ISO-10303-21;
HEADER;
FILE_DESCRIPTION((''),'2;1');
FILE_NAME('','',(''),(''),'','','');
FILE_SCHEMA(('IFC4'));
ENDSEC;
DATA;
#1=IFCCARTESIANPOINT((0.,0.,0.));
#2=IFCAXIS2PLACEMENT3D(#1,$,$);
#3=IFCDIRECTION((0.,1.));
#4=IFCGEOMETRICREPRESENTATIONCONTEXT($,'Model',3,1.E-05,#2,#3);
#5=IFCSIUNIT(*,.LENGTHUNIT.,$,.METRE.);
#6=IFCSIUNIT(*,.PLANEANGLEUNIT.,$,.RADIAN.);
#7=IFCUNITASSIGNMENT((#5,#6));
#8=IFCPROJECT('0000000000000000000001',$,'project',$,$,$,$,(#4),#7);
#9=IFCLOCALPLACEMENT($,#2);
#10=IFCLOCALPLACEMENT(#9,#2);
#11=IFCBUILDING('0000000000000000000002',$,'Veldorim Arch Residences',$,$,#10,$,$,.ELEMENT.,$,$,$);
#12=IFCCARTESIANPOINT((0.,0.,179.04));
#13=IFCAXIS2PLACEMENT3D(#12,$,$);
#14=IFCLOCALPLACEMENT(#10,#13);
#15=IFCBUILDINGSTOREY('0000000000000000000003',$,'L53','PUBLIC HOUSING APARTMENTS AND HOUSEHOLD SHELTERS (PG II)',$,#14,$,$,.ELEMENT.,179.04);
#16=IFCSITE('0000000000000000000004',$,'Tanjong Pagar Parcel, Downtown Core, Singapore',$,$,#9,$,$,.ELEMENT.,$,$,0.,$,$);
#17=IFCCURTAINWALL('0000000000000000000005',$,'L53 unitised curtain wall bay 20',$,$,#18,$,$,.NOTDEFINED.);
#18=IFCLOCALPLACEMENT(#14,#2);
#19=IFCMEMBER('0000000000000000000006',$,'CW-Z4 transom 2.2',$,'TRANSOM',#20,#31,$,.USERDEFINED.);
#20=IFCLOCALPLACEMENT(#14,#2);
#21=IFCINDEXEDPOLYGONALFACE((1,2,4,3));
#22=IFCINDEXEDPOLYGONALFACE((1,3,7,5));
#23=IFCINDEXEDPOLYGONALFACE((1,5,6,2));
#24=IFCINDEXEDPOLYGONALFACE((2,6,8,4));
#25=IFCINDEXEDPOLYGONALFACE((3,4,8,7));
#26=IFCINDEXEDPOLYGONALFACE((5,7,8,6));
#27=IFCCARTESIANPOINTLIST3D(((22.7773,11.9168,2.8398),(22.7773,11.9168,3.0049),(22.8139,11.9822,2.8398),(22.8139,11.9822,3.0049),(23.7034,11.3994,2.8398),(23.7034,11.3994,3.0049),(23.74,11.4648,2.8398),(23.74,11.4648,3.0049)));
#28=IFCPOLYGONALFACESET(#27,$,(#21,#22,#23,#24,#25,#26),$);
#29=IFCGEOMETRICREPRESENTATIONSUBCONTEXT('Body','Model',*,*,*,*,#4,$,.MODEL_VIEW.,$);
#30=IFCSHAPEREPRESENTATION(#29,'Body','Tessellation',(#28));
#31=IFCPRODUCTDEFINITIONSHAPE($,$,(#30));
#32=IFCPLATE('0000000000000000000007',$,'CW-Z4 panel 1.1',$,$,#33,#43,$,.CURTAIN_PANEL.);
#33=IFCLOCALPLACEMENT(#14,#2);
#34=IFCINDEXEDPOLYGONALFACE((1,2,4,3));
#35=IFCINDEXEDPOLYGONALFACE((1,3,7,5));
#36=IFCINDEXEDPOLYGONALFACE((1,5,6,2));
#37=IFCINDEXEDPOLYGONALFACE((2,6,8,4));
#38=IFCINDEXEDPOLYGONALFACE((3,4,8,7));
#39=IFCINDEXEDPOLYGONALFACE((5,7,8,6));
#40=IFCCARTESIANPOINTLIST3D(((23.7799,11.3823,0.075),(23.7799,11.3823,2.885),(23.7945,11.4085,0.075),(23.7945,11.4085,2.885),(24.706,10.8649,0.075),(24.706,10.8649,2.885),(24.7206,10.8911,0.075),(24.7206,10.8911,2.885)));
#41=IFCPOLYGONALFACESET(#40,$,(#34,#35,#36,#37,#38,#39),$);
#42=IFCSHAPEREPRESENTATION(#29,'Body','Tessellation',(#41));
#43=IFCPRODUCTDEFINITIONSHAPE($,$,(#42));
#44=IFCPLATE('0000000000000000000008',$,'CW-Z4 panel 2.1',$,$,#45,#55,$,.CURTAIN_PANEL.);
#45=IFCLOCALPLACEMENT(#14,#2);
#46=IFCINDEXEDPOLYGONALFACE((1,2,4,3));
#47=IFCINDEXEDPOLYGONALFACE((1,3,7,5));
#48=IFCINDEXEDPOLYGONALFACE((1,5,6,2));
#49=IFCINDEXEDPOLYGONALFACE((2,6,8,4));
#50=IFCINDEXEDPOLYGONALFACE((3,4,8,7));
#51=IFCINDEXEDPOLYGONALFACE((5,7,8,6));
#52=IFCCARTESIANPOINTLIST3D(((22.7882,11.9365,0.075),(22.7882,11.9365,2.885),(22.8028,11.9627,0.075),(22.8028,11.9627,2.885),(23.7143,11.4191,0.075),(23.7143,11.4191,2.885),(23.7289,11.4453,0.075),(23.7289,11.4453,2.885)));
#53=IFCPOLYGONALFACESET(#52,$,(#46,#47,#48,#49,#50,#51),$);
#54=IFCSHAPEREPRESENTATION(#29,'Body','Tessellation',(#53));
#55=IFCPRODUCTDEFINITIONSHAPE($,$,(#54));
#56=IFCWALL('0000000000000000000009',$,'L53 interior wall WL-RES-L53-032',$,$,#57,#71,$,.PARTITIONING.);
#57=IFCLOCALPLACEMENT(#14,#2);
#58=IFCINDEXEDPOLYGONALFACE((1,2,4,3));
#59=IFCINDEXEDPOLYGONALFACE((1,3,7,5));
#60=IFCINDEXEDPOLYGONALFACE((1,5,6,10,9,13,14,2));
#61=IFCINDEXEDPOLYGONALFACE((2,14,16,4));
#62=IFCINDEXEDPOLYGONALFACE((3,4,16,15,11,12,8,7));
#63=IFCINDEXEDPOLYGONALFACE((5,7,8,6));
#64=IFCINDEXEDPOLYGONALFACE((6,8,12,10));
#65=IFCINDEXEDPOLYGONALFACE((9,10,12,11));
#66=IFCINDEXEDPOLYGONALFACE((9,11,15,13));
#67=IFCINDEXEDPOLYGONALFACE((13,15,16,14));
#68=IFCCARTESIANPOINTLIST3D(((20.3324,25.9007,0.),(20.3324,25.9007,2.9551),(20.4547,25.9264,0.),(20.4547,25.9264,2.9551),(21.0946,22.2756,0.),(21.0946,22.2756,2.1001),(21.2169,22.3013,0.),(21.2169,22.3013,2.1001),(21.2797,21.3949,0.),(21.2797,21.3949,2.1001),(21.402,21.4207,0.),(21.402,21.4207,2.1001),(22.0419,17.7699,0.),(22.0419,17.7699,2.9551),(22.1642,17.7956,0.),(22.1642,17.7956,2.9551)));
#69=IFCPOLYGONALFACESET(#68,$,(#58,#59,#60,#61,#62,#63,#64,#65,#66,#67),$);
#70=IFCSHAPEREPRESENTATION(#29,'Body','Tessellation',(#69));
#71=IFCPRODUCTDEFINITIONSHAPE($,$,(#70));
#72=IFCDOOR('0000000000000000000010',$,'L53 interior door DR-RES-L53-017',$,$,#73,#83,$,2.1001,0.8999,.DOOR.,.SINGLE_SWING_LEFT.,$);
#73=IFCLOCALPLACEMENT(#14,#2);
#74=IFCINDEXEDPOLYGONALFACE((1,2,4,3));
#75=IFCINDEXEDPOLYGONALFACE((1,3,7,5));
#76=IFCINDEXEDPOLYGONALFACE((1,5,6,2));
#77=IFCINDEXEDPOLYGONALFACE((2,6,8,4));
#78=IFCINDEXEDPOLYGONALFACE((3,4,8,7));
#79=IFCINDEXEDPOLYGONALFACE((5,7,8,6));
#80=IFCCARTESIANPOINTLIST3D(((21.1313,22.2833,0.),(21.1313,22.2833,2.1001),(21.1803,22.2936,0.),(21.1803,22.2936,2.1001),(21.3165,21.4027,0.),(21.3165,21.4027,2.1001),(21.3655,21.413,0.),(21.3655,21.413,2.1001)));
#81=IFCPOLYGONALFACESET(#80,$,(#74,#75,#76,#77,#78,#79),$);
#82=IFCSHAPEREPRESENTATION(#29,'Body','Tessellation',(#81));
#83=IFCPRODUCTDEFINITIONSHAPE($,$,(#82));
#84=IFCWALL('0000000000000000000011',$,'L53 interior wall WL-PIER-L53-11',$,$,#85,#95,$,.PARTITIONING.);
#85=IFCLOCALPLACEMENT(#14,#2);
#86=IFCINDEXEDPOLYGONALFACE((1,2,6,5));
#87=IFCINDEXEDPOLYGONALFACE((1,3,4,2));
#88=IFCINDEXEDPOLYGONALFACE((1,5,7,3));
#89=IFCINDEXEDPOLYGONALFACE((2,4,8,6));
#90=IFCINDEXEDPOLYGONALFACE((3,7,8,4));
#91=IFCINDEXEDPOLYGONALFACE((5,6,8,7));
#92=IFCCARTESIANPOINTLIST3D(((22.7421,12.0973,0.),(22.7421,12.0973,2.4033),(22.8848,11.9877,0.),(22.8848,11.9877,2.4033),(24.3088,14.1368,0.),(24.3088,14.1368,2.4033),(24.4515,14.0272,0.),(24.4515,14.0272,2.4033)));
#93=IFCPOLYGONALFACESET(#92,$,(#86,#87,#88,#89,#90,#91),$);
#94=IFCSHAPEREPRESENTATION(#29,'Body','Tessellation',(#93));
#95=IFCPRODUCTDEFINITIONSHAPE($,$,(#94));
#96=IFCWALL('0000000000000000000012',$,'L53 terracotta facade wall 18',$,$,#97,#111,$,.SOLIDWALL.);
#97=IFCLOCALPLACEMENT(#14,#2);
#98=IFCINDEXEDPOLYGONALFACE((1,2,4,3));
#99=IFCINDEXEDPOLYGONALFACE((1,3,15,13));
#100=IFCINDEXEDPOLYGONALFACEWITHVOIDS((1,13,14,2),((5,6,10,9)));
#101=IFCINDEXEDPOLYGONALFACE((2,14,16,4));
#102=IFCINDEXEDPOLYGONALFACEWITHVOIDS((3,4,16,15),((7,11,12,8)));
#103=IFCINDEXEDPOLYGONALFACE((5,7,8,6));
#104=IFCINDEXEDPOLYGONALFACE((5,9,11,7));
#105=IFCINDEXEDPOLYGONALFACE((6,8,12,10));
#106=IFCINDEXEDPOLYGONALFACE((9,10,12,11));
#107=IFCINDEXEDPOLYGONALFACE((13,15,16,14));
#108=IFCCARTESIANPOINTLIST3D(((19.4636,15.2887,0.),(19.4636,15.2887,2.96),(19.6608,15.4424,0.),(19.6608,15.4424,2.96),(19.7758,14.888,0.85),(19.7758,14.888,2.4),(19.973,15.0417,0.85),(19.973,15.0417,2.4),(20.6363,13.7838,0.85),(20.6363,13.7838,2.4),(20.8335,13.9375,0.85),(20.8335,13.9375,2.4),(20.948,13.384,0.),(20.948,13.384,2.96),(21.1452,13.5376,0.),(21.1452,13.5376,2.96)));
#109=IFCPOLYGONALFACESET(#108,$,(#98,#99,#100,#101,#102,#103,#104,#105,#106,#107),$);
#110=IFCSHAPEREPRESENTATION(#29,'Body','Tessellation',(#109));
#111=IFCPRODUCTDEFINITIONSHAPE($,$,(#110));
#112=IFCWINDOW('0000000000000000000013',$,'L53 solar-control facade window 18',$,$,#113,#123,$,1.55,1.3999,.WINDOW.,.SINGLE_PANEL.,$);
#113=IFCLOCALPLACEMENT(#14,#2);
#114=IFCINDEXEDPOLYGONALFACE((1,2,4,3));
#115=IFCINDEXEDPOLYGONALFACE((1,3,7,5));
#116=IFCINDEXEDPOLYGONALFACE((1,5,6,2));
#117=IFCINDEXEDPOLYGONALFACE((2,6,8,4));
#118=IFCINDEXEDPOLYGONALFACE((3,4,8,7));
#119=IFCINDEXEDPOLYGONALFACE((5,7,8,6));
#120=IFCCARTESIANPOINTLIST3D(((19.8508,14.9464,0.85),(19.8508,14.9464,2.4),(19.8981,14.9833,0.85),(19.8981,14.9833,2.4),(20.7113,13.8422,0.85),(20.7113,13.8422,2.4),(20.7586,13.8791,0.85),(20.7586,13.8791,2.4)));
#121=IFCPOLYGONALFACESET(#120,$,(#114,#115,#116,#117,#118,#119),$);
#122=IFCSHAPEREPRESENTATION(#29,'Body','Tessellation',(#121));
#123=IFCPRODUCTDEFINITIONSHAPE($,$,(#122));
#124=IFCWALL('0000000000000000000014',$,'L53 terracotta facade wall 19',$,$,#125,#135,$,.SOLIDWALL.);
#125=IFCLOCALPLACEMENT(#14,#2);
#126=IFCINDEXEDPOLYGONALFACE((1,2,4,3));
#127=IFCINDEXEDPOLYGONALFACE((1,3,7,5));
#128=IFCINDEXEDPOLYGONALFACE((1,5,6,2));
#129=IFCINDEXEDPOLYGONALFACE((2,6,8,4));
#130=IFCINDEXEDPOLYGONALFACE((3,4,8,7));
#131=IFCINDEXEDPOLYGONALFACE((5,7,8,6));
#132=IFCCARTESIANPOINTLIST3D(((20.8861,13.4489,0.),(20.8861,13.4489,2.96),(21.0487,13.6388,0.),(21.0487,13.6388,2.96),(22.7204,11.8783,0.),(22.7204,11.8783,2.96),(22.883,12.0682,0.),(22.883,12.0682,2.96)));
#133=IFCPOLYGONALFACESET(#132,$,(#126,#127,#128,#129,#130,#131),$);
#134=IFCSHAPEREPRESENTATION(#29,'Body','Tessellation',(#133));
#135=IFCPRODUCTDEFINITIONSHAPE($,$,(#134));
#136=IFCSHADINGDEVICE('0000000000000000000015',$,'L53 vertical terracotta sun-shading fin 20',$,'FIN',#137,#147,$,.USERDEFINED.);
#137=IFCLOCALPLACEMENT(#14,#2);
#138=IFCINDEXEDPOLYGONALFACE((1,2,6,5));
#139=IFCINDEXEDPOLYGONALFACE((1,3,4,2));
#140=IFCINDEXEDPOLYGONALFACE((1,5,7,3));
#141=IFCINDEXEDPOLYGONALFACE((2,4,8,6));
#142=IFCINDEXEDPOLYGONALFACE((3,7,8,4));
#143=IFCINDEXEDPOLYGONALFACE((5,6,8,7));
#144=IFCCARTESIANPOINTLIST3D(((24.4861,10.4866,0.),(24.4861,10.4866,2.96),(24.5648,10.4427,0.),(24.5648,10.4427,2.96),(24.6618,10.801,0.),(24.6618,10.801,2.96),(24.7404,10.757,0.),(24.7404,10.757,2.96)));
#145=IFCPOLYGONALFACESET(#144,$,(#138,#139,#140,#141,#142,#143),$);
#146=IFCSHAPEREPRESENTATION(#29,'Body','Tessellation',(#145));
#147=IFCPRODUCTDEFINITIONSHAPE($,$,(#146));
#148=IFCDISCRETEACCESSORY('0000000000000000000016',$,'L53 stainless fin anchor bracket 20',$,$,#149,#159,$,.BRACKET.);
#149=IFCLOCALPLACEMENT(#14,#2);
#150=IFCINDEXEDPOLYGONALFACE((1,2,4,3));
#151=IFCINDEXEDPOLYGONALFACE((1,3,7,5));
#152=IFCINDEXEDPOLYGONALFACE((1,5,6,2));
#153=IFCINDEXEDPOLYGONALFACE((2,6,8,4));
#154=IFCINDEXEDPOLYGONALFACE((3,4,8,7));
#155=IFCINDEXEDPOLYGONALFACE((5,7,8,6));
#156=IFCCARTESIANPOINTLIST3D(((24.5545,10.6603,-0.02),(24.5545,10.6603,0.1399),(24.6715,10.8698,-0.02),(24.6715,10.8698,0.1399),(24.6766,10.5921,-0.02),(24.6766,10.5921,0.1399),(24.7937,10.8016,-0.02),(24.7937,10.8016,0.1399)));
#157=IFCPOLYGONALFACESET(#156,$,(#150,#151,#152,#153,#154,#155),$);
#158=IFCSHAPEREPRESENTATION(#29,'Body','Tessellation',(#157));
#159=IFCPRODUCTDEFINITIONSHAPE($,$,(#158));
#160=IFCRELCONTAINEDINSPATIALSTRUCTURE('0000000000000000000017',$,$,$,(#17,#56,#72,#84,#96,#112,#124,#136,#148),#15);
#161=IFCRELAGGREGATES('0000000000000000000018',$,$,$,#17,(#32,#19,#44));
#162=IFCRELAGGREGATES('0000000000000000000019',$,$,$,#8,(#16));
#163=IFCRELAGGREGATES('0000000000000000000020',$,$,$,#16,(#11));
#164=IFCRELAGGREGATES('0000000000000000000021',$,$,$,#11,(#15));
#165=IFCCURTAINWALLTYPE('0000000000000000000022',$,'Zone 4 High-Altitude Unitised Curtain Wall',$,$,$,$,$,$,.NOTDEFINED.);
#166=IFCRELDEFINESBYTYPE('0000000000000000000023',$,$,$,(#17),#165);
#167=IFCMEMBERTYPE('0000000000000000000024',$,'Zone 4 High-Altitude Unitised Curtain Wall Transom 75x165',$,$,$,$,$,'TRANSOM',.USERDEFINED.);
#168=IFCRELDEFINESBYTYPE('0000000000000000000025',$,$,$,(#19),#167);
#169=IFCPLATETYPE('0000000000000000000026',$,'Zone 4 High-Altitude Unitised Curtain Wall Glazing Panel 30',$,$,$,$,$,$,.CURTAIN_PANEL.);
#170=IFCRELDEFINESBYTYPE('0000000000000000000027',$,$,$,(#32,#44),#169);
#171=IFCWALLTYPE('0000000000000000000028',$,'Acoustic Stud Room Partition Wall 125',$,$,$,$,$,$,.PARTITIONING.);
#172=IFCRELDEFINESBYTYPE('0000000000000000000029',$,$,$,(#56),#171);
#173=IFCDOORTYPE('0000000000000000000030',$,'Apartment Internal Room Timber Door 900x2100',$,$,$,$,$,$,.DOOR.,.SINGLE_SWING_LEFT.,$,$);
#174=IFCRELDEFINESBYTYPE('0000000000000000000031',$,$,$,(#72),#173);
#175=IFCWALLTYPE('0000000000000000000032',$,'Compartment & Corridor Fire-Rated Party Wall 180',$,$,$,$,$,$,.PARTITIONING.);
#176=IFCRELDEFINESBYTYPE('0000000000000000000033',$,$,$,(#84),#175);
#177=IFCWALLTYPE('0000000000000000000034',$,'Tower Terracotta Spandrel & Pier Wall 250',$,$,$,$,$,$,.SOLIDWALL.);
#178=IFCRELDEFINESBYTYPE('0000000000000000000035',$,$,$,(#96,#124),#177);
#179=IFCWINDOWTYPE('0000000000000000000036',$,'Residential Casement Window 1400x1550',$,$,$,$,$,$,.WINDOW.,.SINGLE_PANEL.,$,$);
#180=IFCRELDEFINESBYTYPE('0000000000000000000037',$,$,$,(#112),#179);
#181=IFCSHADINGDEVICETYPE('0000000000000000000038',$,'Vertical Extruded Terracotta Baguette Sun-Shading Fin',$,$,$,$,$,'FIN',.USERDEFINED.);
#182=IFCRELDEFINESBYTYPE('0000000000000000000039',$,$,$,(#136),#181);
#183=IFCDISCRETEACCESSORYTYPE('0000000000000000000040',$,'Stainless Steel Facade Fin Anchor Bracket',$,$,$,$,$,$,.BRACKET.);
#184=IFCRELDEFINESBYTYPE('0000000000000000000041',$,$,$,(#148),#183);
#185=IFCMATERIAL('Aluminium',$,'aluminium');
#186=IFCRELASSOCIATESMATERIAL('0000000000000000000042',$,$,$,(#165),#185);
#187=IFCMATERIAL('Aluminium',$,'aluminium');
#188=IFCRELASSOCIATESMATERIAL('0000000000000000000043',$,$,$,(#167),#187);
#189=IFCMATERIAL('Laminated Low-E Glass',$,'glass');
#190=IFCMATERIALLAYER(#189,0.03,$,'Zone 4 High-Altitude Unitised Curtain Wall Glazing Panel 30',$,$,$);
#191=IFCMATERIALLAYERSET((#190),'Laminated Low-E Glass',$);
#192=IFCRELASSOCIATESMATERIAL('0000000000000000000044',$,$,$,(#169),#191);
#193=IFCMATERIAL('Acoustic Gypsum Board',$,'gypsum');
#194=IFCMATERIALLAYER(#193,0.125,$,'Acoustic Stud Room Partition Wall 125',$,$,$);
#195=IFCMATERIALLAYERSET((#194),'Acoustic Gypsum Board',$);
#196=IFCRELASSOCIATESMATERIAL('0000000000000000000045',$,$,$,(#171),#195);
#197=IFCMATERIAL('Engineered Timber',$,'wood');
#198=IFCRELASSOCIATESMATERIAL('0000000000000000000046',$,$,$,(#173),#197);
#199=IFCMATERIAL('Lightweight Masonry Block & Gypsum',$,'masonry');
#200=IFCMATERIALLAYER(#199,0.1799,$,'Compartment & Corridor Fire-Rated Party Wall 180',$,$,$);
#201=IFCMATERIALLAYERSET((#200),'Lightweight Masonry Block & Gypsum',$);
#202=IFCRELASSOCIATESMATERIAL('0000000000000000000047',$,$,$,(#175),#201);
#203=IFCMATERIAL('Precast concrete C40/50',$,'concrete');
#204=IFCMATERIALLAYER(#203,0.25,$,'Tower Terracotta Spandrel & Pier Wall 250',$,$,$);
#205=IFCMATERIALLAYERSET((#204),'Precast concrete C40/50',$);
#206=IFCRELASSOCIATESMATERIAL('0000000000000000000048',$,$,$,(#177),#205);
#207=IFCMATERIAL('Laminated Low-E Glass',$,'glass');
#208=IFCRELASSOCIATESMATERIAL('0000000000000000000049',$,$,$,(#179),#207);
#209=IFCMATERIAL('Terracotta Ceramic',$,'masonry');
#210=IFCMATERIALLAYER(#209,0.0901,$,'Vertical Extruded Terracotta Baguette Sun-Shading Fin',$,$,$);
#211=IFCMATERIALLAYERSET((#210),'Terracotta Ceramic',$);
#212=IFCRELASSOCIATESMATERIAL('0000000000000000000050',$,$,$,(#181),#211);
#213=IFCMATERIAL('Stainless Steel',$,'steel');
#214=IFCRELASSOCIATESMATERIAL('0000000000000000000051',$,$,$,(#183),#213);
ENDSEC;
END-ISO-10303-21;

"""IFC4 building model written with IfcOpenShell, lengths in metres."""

from ifc_helpers import new_model, si_unit, direction, frame, frame_2d, origin, origin_2d, place, context, subcontext, project, spatial, rectangle, extrude, material, layer, layer_set, material_profile, profile_set, type_object, element, fill, aggregate, save


model = new_model("IFC4")

# Units and contexts
model_context = context("Model", 3, precision=1e-05, world=origin(), true_north=direction((0.0, 1.0)))
body_context = subcontext(model_context, "Body", "Model", "MODEL_VIEW")
ifc_project = project(units=[si_unit("LENGTHUNIT", "METRE"), si_unit("PLANEANGLEUNIT", "RADIAN")], contexts=[model_context])

# Site, building, storey
site_placement = place(None, origin())
site = spatial("IfcSite", under=ifc_project, at=site_placement, Name="Tanjong Pagar Parcel, Downtown Core, Singapore", CompositionType="ELEMENT", RefElevation=0.0)
building_placement = place(site_placement, origin())
building = spatial("IfcBuilding", under=site, at=building_placement, Name="Veldorim Arch Residences", CompositionType="ELEMENT")
storey_placement = place(building_placement, frame((0.0, 0.0, 179.04)))
storey = spatial("IfcBuildingStorey", under=building, at=storey_placement, Name="L53", Description="PUBLIC HOUSING APARTMENTS AND HOUSEHOLD SHELTERS (PG II)", CompositionType="ELEMENT", Elevation=179.04)

# Curtain wall, member, plates
ifc_material_1 = material(Name="Aluminium", Category="aluminium")
curtain_wall_type = type_object("IfcCurtainWallType", Name="Zone 4 High-Altitude Unitised Curtain Wall", PredefinedType="NOTDEFINED", material=ifc_material_1)
curtain_wall_placement = place(storey_placement, origin())
curtain_wall = element("IfcCurtainWall", 1, at=curtain_wall_placement, inside=storey, type_object=curtain_wall_type, Name="L53 unitised curtain wall bay 20", PredefinedType="NOTDEFINED")
ifc_material_2 = material(Name="Aluminium", Category="aluminium")
ifc_material_profile_1 = material_profile(ifc_material_2, rectangle(XDim=0.075, YDim=0.165, at=origin_2d()), Name="ALU_TRN_75x165")
ifc_profile_set_1 = profile_set([ifc_material_profile_1], Name="Aluminium")
member_type_1 = type_object("IfcMemberType", Name="Zone 4 High-Altitude Unitised Curtain Wall Transom 75x165", ElementType="TRANSOM", PredefinedType="USERDEFINED", material=ifc_profile_set_1)
member_1_placement = place(storey_placement, frame((23.7217, 11.4321, 2.9224), z_axis=(-0.873004, 0.487713, 0.0), x_axis=(-0.487713, -0.873004, 0.0)))
member_1 = element("IfcMember", 2, at=member_1_placement, type_object=member_type_1, Name="CW-Z4 transom 2.2", ObjectType="TRANSOM", PredefinedType="USERDEFINED", context=body_context, shape_type="SweptSolid", body=[
    extrude(rectangle(XDim=0.075, YDim=0.165, at=origin_2d()), origin(), (0.0, 0.0, 1.0), 1.0608),
])
ifc_material_3 = material(Name="Laminated Low-E Glass", Category="glass")
ifc_layer_1 = layer(ifc_material_3, 0.03, Name="Zone 4 High-Altitude Unitised Curtain Wall Glazing Panel 30")
ifc_layer_set_1 = layer_set([ifc_layer_1], Name="Laminated Low-E Glass")
plate_type = type_object("IfcPlateType", Name="Zone 4 High-Altitude Unitised Curtain Wall Glazing Panel 30", PredefinedType="CURTAIN_PANEL", material=ifc_layer_set_1)
plate_1_placement = place(storey_placement, frame((24.2502, 11.1367, 0.075), z_axis=(0.0, 0.0, 1.0), x_axis=(-0.872991, 0.487736, 0.0)))
plate_1 = element("IfcPlate", 3, at=plate_1_placement, type_object=plate_type, Name="CW-Z4 panel 1.1", PredefinedType="CURTAIN_PANEL", context=body_context, shape_type="SweptSolid", body=[
    extrude(rectangle(XDim=1.0608, YDim=0.03, at=origin_2d()), origin(), (0.0, 0.0, 1.0), 2.8101),
])
plate_2_placement = place(storey_placement, frame((23.2585, 11.6909, 0.075), z_axis=(0.0, 0.0, 1.0), x_axis=(-0.872991, 0.487736, 0.0)))
plate_2 = element("IfcPlate", 4, at=plate_2_placement, type_object=plate_type, Name="CW-Z4 panel 2.1", PredefinedType="CURTAIN_PANEL", context=body_context, shape_type="SweptSolid", body=[
    extrude(rectangle(XDim=1.0608, YDim=0.03, at=origin_2d()), origin(), (0.0, 0.0, 1.0), 2.8101),
])
aggregate(curtain_wall, [plate_1, member_1, plate_2])

# Wall, opening, door
ifc_material_4 = material(Name="Acoustic Gypsum Board", Category="gypsum")
ifc_layer_2 = layer(ifc_material_4, 0.125, Name="Acoustic Stud Room Partition Wall 125")
ifc_layer_set_2 = layer_set([ifc_layer_2], Name="Acoustic Gypsum Board")
wall_type_1 = type_object("IfcWallType", Name="Acoustic Stud Room Partition Wall 125", PredefinedType="PARTITIONING", material=ifc_layer_set_2)
wall_1_placement = place(storey_placement, frame((22.103, 17.7827, 0.0), z_axis=(0.0, 0.0, 1.0), x_axis=(-0.205747, 0.978605, 0.0)))
wall_1 = element("IfcWall", 5, at=wall_1_placement, inside=storey, type_object=wall_type_1, Name="L53 interior wall WL-RES-L53-032", PredefinedType="PARTITIONING", context=body_context, shape_type="SweptSolid", body=[
    extrude(rectangle(XDim=8.3086, YDim=0.125, at=frame_2d((4.1543, 0.0))), origin(), (0.0, 0.0, 1.0), 2.9551),
])
opening_1_placement = place(wall_1_placement, frame((3.7043, 0.0, 0.0)))
opening_1 = element("IfcOpeningElement", 6, at=opening_1_placement, cuts=wall_1, PredefinedType="OPENING", context=body_context, shape_type="SweptSolid", body=[
    extrude(rectangle(XDim=0.8999, YDim=2.1001, at=frame_2d((0.45, 1.05))), frame((0.0, 0.0725, 0.0), z_axis=(0.0, -1.0, 0.0), x_axis=(1.0, 0.0, 0.0)), (0.0, 0.0, 1.0), 0.145),
])
ifc_material_5 = material(Name="Engineered Timber", Category="wood")
door_type = type_object("IfcDoorType", Name="Apartment Internal Room Timber Door 900x2100", OperationType="SINGLE_SWING_LEFT", PredefinedType="DOOR", material=ifc_material_5)
door_placement = place(opening_1_placement, origin())
door = element("IfcDoor", 7, at=door_placement, inside=storey, type_object=door_type, Name="L53 interior door DR-RES-L53-017", OperationType="SINGLE_SWING_LEFT", OverallHeight=2.1001, OverallWidth=0.8999, PredefinedType="DOOR", context=body_context, shape_type="SweptSolid", body=[
    extrude(rectangle(XDim=0.8999, YDim=2.1001, at=frame_2d((0.45, 1.05))), frame((0.0, 0.0249, 0.0), z_axis=(0.0, -1.0, 0.0), x_axis=(1.0, 0.0, 0.0)), (0.0, 0.0, 1.0), 0.05),
])
fill(opening_1, door)

# Wall
ifc_material_6 = material(Name="Lightweight Masonry Block & Gypsum", Category="masonry")
ifc_layer_3 = layer(ifc_material_6, 0.1799, Name="Compartment & Corridor Fire-Rated Party Wall 180")
ifc_layer_set_3 = layer_set([ifc_layer_3], Name="Lightweight Masonry Block & Gypsum")
wall_type_2 = type_object("IfcWallType", Name="Compartment & Corridor Fire-Rated Party Wall 180", PredefinedType="PARTITIONING", material=ifc_layer_set_3)
wall_2_placement = place(storey_placement, frame((24.3801, 14.082, 0.0), z_axis=(0.0, 0.0, 1.0), x_axis=(-0.609165, -0.793044, 0.0)))
element("IfcWall", 8, at=wall_2_placement, inside=storey, type_object=wall_type_2, Name="L53 interior wall WL-PIER-L53-11", PredefinedType="PARTITIONING", context=body_context, shape_type="SweptSolid", body=[
    extrude(rectangle(XDim=2.5718, YDim=0.1799, at=frame_2d((1.2859, 0.0))), origin(), (0.0, 0.0, 1.0), 2.4033),
])

# Wall, opening, window
ifc_material_7 = material(Name="Precast concrete C40/50", Category="concrete")
ifc_layer_4 = layer(ifc_material_7, 0.25, Name="Tower Terracotta Spandrel & Pier Wall 250")
ifc_layer_set_4 = layer_set([ifc_layer_4], Name="Precast concrete C40/50")
wall_type_3 = type_object("IfcWallType", Name="Tower Terracotta Spandrel & Pier Wall 250", PredefinedType="SOLIDWALL", material=ifc_layer_set_4)
wall_3_placement = place(storey_placement, frame((21.0466, 13.4607, 0.0), z_axis=(0.0, 0.0, 1.0), x_axis=(-0.614682, 0.788775, 0.0)))
wall_3 = element("IfcWall", 9, at=wall_3_placement, inside=storey, type_object=wall_type_3, Name="L53 terracotta facade wall 18", PredefinedType="SOLIDWALL", context=body_context, shape_type="SweptSolid", body=[
    extrude(rectangle(XDim=2.4148, YDim=0.25, at=frame_2d((1.2075, 0.0))), origin(), (0.0, 0.0, 1.0), 2.96),
])
opening_2_placement = place(wall_3_placement, frame((0.5071, 0.0, 0.8501)))
opening_2 = element("IfcOpeningElement", 10, at=opening_2_placement, cuts=wall_3, PredefinedType="OPENING", context=body_context, shape_type="SweptSolid", body=[
    extrude(rectangle(XDim=1.3999, YDim=1.55, at=frame_2d((0.7, 0.7749))), frame((0.0, 0.135, 0.0), z_axis=(0.0, -1.0, 0.0), x_axis=(1.0, 0.0, 0.0)), (0.0, 0.0, 1.0), 0.27),
])
ifc_material_8 = material(Name="Laminated Low-E Glass", Category="glass")
window_type = type_object("IfcWindowType", Name="Residential Casement Window 1400x1550", PartitioningType="SINGLE_PANEL", PredefinedType="WINDOW", material=ifc_material_8)
window_placement = place(opening_2_placement, origin())
window = element("IfcWindow", 11, at=window_placement, inside=storey, type_object=window_type, Name="L53 solar-control facade window 18", OverallHeight=1.55, OverallWidth=1.3999, PartitioningType="SINGLE_PANEL", PredefinedType="WINDOW", context=body_context, shape_type="SweptSolid", body=[
    extrude(rectangle(XDim=1.3999, YDim=1.55, at=frame_2d((0.7, 0.7749))), frame((0.0, 0.03, 0.0), z_axis=(0.0, -1.0, 0.0), x_axis=(1.0, 0.0, 0.0)), (0.0, 0.0, 1.0), 0.0601),
])
fill(opening_2, window)

# Wall
wall_4_placement = place(storey_placement, frame((22.8018, 11.9731, 0.0), z_axis=(0.0, 0.0, 1.0), x_axis=(-0.759592, 0.6504, 0.0)))
element("IfcWall", 12, at=wall_4_placement, inside=storey, type_object=wall_type_3, Name="L53 terracotta facade wall 19", PredefinedType="SOLIDWALL", context=body_context, shape_type="SweptSolid", body=[
    extrude(rectangle(XDim=2.4148, YDim=0.25, at=frame_2d((1.2075, 0.0))), origin(), (0.0, 0.0, 1.0), 2.96),
])

# Shading device
ifc_material_9 = material(Name="Terracotta Ceramic", Category="masonry")
ifc_layer_5 = layer(ifc_material_9, 0.0901, Name="Vertical Extruded Terracotta Baguette Sun-Shading Fin")
ifc_layer_set_5 = layer_set([ifc_layer_5], Name="Terracotta Ceramic")
shading_device_type = type_object("IfcShadingDeviceType", Name="Vertical Extruded Terracotta Baguette Sun-Shading Fin", ElementType="FIN", PredefinedType="USERDEFINED", material=ifc_layer_set_5)
shading_device_placement = place(storey_placement, frame((24.6133, 10.6218, 0.0), z_axis=(0.0, 0.0, 1.0), x_axis=(-0.873007, 0.487707, 0.0)))
element("IfcShadingDevice", 13, at=shading_device_placement, inside=storey, type_object=shading_device_type, Name="L53 vertical terracotta sun-shading fin 20", ObjectType="FIN", PredefinedType="USERDEFINED", context=body_context, shape_type="SweptSolid", body=[
    extrude(rectangle(XDim=0.0901, YDim=0.3601, at=origin_2d()), origin(), (0.0, 0.0, 1.0), 2.96),
])

# Discrete accessory
ifc_material_10 = material(Name="Stainless Steel", Category="steel")
discrete_accessory_type = type_object("IfcDiscreteAccessoryType", Name="Stainless Steel Facade Fin Anchor Bracket", PredefinedType="BRACKET", material=ifc_material_10)
discrete_accessory_placement = place(storey_placement, frame((24.6741, 10.731, -0.02), z_axis=(0.0, 0.0, 1.0), x_axis=(-0.873007, 0.487707, 0.0)))
element("IfcDiscreteAccessory", 14, at=discrete_accessory_placement, inside=storey, type_object=discrete_accessory_type, Name="L53 stainless fin anchor bracket 20", PredefinedType="BRACKET", context=body_context, shape_type="SweptSolid", body=[
    extrude(rectangle(XDim=0.1399, YDim=0.24, at=origin_2d()), origin(), (0.0, 0.0, 1.0), 0.1599),
])

save(model, "model.ifc")
